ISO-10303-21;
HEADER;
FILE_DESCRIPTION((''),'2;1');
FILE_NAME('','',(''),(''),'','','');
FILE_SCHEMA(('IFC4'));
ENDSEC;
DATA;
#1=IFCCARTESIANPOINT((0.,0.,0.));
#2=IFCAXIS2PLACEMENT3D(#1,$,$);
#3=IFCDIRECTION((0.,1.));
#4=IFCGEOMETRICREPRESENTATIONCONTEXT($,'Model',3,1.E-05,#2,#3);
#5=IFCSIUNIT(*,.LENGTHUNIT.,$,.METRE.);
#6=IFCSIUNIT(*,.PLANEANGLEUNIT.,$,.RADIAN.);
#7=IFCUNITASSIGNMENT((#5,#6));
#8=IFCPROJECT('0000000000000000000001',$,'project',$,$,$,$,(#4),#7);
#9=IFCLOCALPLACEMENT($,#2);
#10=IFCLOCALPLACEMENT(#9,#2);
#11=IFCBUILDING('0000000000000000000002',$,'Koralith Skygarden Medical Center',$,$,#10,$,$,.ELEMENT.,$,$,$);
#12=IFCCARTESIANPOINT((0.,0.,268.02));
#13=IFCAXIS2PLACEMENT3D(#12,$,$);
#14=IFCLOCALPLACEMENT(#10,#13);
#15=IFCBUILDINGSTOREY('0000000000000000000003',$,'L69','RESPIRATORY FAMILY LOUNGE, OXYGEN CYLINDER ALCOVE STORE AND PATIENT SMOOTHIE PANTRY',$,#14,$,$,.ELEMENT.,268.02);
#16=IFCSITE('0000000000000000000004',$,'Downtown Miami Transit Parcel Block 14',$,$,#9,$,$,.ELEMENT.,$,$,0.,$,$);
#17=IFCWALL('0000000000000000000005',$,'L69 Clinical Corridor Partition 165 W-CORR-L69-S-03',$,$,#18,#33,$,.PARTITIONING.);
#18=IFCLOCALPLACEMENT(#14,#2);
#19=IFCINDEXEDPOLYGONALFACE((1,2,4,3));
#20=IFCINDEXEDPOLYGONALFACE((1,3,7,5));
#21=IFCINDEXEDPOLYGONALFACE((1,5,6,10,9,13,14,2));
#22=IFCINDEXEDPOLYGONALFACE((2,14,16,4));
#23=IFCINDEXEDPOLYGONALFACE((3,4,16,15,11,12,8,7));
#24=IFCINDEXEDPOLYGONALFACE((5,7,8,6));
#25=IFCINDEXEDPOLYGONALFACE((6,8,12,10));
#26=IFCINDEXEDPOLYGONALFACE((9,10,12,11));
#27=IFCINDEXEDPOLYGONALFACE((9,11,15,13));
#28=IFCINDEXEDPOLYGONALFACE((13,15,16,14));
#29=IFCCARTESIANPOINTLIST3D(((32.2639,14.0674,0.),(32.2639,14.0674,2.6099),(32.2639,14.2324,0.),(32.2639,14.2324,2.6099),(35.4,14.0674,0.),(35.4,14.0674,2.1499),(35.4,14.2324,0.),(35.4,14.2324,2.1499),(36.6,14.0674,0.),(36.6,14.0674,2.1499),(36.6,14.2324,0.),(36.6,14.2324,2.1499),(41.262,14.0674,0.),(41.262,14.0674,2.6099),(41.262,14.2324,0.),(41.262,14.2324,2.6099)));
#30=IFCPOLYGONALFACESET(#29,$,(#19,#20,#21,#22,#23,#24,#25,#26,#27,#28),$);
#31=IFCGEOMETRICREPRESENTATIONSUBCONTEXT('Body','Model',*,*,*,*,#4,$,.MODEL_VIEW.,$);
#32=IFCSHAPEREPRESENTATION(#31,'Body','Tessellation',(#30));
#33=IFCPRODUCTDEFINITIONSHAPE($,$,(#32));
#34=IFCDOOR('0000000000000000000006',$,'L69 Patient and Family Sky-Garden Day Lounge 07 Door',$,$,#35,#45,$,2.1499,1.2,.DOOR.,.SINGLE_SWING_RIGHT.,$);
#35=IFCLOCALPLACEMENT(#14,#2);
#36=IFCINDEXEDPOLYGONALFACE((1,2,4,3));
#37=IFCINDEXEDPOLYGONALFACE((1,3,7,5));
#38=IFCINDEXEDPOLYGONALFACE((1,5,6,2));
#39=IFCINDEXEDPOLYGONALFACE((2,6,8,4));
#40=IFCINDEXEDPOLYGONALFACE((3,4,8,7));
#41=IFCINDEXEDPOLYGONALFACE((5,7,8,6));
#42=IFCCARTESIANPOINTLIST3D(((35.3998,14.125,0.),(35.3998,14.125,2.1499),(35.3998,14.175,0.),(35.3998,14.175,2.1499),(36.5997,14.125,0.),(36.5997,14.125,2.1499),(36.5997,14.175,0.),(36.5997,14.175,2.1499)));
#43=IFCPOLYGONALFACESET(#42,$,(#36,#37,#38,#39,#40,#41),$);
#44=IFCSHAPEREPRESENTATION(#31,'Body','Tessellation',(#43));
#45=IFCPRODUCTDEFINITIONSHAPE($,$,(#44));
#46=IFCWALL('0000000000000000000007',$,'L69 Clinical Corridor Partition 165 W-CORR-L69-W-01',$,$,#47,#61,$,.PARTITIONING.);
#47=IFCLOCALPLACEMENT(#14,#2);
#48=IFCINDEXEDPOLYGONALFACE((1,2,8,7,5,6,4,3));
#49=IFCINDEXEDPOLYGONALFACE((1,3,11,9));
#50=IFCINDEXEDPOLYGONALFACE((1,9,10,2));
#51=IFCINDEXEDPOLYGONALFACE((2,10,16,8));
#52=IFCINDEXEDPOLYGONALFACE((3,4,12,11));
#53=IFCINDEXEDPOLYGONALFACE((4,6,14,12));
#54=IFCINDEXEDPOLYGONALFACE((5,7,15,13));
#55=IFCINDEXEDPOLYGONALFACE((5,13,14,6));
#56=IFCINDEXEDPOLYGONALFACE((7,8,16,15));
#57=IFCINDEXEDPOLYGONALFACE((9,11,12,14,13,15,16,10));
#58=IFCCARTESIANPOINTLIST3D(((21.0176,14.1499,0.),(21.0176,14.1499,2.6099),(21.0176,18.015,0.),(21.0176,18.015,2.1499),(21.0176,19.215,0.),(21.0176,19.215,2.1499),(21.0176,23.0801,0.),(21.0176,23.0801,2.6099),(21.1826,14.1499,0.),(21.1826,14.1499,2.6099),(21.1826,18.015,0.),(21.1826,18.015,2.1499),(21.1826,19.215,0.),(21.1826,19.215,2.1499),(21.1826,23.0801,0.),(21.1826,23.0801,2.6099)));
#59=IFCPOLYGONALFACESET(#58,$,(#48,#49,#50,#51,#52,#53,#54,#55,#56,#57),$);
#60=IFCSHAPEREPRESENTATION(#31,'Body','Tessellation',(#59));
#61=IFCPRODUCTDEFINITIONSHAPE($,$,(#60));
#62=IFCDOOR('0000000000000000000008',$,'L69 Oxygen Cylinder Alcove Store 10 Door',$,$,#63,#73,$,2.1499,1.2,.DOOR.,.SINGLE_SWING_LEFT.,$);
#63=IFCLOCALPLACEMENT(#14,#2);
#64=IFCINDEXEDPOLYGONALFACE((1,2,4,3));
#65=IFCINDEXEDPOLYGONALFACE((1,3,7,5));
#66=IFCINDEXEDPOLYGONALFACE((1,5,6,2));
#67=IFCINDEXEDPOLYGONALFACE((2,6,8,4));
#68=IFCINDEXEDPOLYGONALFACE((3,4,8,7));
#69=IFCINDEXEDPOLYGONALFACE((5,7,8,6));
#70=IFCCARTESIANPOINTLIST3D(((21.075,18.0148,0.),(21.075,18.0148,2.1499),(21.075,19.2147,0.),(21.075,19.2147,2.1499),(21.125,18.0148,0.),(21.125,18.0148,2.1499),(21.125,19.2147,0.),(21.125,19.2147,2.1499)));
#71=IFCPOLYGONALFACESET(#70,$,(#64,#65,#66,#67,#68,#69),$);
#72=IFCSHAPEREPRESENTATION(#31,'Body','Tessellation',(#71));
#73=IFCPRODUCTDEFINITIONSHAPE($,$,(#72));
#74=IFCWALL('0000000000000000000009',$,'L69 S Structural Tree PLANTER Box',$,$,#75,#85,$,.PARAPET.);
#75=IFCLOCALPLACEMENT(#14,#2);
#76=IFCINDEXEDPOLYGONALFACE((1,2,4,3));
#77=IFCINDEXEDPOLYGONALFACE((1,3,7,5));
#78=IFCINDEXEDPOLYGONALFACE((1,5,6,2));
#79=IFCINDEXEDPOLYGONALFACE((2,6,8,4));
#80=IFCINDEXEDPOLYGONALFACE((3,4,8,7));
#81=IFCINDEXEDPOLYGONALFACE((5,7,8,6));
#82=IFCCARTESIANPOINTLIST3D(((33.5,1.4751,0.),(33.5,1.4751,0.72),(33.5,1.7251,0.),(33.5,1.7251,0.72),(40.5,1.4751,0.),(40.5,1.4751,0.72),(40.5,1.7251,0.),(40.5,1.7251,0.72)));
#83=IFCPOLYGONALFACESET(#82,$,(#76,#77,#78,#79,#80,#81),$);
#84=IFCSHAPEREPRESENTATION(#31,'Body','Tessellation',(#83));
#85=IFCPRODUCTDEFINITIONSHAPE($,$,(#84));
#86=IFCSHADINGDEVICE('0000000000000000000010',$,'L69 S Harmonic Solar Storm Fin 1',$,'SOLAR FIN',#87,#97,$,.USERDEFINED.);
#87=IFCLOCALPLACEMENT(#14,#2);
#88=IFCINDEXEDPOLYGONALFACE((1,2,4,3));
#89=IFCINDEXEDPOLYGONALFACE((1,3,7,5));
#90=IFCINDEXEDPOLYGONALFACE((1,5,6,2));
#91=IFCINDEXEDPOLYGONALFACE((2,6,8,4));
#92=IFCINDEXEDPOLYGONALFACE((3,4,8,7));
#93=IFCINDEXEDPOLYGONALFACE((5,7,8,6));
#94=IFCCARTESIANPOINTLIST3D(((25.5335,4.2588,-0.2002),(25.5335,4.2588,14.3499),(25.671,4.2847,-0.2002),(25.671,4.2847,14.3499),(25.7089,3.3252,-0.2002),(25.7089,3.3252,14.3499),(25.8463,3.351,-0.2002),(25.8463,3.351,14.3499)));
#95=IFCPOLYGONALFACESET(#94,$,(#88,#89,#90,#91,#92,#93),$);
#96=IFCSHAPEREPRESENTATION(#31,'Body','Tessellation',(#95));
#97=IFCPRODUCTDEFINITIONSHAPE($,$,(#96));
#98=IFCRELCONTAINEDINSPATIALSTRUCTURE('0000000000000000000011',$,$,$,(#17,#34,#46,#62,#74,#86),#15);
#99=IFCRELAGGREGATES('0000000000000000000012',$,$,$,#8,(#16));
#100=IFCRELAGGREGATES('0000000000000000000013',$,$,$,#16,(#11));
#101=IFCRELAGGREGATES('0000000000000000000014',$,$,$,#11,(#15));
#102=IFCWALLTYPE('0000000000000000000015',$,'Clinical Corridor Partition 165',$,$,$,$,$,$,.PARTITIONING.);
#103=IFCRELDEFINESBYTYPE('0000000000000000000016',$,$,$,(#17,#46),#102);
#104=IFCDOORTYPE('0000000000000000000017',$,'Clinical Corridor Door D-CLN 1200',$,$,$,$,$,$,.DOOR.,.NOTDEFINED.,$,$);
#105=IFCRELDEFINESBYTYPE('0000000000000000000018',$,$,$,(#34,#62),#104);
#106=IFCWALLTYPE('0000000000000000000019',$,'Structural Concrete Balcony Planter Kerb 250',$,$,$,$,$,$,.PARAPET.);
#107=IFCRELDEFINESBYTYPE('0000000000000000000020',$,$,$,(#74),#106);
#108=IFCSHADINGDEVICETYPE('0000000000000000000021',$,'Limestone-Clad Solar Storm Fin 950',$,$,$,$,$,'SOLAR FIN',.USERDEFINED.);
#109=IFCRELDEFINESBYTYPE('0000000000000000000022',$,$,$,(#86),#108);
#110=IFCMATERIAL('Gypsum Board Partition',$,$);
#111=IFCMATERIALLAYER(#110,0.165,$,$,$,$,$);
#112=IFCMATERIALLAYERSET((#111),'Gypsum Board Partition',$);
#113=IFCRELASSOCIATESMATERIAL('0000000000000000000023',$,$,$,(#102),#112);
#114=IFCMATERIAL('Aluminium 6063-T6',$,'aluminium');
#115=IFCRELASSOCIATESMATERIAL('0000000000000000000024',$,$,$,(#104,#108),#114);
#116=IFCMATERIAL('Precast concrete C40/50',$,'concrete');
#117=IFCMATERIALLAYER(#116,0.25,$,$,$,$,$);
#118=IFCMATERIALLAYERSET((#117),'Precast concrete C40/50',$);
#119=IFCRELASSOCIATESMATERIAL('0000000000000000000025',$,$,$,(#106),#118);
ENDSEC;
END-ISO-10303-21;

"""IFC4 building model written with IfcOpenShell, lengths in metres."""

from ifc_helpers import new_model, si_unit, direction, frame, frame_2d, origin, origin_2d, place, context, subcontext, project, spatial, rectangle, extrude, material, layer, layer_set, type_object, element, fill, save


model = new_model("IFC4")

# Units and contexts
model_context = context("Model", 3, precision=1e-05, world=origin(), true_north=direction((0.0, 1.0)))
body_context = subcontext(model_context, "Body", "Model", "MODEL_VIEW")
ifc_project = project(units=[si_unit("LENGTHUNIT", "METRE"), si_unit("PLANEANGLEUNIT", "RADIAN")], contexts=[model_context])

# Site, building, storey
site_placement = place(None, origin())
site = spatial("IfcSite", under=ifc_project, at=site_placement, Name="Downtown Miami Transit Parcel Block 14", CompositionType="ELEMENT", RefElevation=0.0)
building_placement = place(site_placement, origin())
building = spatial("IfcBuilding", under=site, at=building_placement, Name="Koralith Skygarden Medical Center", CompositionType="ELEMENT")
storey_placement = place(building_placement, frame((0.0, 0.0, 268.02)))
storey = spatial("IfcBuildingStorey", under=building, at=storey_placement, Name="L69", Description="RESPIRATORY FAMILY LOUNGE, OXYGEN CYLINDER ALCOVE STORE AND PATIENT SMOOTHIE PANTRY", CompositionType="ELEMENT", Elevation=268.02)

# Shared definitions
ifc_material_1 = material(Name="Aluminium 6063-T6", Category="aluminium")

# Shared definitions
ifc_material_2 = material(Name="Gypsum Board Partition")

# Walls, openings, doors
ifc_layer_1 = layer(ifc_material_2, 0.165)
ifc_layer_set_1 = layer_set([ifc_layer_1], Name="Gypsum Board Partition")
wall_type_1 = type_object("IfcWallType", Name="Clinical Corridor Partition 165", PredefinedType="PARTITIONING", material=ifc_layer_set_1)
door_type = type_object("IfcDoorType", Name="Clinical Corridor Door D-CLN 1200", OperationType="NOTDEFINED", PredefinedType="DOOR", material=ifc_material_1)
wall_1_placement = place(storey_placement, frame((32.2639, 14.1499, 0.0), z_axis=(0.0, 0.0, 1.0), x_axis=(1.0, 0.0, 0.0)))
wall_1 = element("IfcWall", 1, at=wall_1_placement, inside=storey, type_object=wall_type_1, Name="L69 Clinical Corridor Partition 165 W-CORR-L69-S-03", PredefinedType="PARTITIONING", context=body_context, shape_type="SweptSolid", body=[
    extrude(rectangle(XDim=8.998, YDim=0.165, at=frame_2d((4.499, 0.0))), origin(), (0.0, 0.0, 1.0), 2.6099),
])
opening_1_placement = place(wall_1_placement, frame((3.136, 0.0, 0.0)))
opening_1 = element("IfcOpeningElement", 2, at=opening_1_placement, cuts=wall_1, PredefinedType="OPENING", context=body_context, shape_type="SweptSolid", body=[
    extrude(rectangle(XDim=1.2, YDim=2.1499, at=frame_2d((0.6001, 1.075))), frame((0.0, 0.0925, 0.0), z_axis=(0.0, -1.0, 0.0), x_axis=(1.0, 0.0, 0.0)), (0.0, 0.0, 1.0), 0.1851),
])
door_1_placement = place(opening_1_placement, frame((1.2, 0.0, 0.0), z_axis=(0.0, 0.0, 1.0), x_axis=(-1.0, 0.0, 0.0)))
door_1 = element("IfcDoor", 3, at=door_1_placement, inside=storey, type_object=door_type, Name="L69 Patient and Family Sky-Garden Day Lounge 07 Door", OperationType="SINGLE_SWING_RIGHT", OverallHeight=2.1499, OverallWidth=1.2, PredefinedType="DOOR", context=body_context, shape_type="SweptSolid", body=[
    extrude(rectangle(XDim=1.2, YDim=2.1499, at=frame_2d((0.6001, 1.075))), frame((0.0, 0.0249, 0.0), z_axis=(0.0, -1.0, 0.0), x_axis=(1.0, 0.0, 0.0)), (0.0, 0.0, 1.0), 0.05),
])
fill(opening_1, door_1)
wall_2_placement = place(storey_placement, frame((21.1001, 14.1499, 0.0), z_axis=(0.0, 0.0, 1.0), x_axis=(0.0, 1.0, 0.0)))
wall_2 = element("IfcWall", 4, at=wall_2_placement, inside=storey, type_object=wall_type_1, Name="L69 Clinical Corridor Partition 165 W-CORR-L69-W-01", PredefinedType="PARTITIONING", context=body_context, shape_type="SweptSolid", body=[
    extrude(rectangle(XDim=8.9302, YDim=0.165, at=frame_2d((4.4651, 0.0))), origin(), (0.0, 0.0, 1.0), 2.6099),
])
opening_2_placement = place(wall_2_placement, frame((3.865, 0.0, 0.0)))
opening_2 = element("IfcOpeningElement", 5, at=opening_2_placement, cuts=wall_2, PredefinedType="OPENING", context=body_context, shape_type="SweptSolid", body=[
    extrude(rectangle(XDim=1.2, YDim=2.1499, at=frame_2d((0.6001, 1.075))), frame((0.0, 0.0925, 0.0), z_axis=(0.0, -1.0, 0.0), x_axis=(1.0, 0.0, 0.0)), (0.0, 0.0, 1.0), 0.1851),
])
door_2_placement = place(opening_2_placement, frame((1.2, 0.0, 0.0), z_axis=(0.0, 0.0, 1.0), x_axis=(-1.0, 0.0, 0.0)))
door_2 = element("IfcDoor", 6, at=door_2_placement, inside=storey, type_object=door_type, Name="L69 Oxygen Cylinder Alcove Store 10 Door", OperationType="SINGLE_SWING_LEFT", OverallHeight=2.1499, OverallWidth=1.2, PredefinedType="DOOR", context=body_context, shape_type="SweptSolid", body=[
    extrude(rectangle(XDim=1.2, YDim=2.1499, at=frame_2d((0.6001, 1.075))), frame((0.0, 0.0249, 0.0), z_axis=(0.0, -1.0, 0.0), x_axis=(1.0, 0.0, 0.0)), (0.0, 0.0, 1.0), 0.05),
])
fill(opening_2, door_2)

# Wall
ifc_material_3 = material(Name="Precast concrete C40/50", Category="concrete")
ifc_layer_2 = layer(ifc_material_3, 0.25)
ifc_layer_set_2 = layer_set([ifc_layer_2], Name="Precast concrete C40/50")
wall_type_2 = type_object("IfcWallType", Name="Structural Concrete Balcony Planter Kerb 250", PredefinedType="PARAPET", material=ifc_layer_set_2)
wall_3_placement = place(storey_placement, frame((33.5, 1.6001, 0.0), z_axis=(0.0, 0.0, 1.0), x_axis=(1.0, 0.0, 0.0)))
element("IfcWall", 7, at=wall_3_placement, inside=storey, type_object=wall_type_2, Name="L69 S Structural Tree PLANTER Box", PredefinedType="PARAPET", context=body_context, shape_type="SweptSolid", body=[
    extrude(rectangle(XDim=7.0, YDim=0.25, at=frame_2d((3.5, 0.0))), origin(), (0.0, 0.0, 1.0), 0.72),
])

# Shading device
shading_device_type = type_object("IfcShadingDeviceType", Name="Limestone-Clad Solar Storm Fin 950", ElementType="SOLAR FIN", PredefinedType="USERDEFINED", material=ifc_material_1)
shading_device_placement = place(storey_placement, frame((25.6899, 3.8049, -0.2002), z_axis=(0.0, 0.0, 1.0), x_axis=(0.184552, -0.982823, 0.0)))
element("IfcShadingDevice", 8, at=shading_device_placement, inside=storey, type_object=shading_device_type, Name="L69 S Harmonic Solar Storm Fin 1", ObjectType="SOLAR FIN", PredefinedType="USERDEFINED", context=body_context, shape_type="SweptSolid", body=[
    extrude(rectangle(XDim=0.95, YDim=0.1399, at=origin_2d()), origin(), (0.0, 0.0, 1.0), 14.55),
])

save(model, "model.ifc")
